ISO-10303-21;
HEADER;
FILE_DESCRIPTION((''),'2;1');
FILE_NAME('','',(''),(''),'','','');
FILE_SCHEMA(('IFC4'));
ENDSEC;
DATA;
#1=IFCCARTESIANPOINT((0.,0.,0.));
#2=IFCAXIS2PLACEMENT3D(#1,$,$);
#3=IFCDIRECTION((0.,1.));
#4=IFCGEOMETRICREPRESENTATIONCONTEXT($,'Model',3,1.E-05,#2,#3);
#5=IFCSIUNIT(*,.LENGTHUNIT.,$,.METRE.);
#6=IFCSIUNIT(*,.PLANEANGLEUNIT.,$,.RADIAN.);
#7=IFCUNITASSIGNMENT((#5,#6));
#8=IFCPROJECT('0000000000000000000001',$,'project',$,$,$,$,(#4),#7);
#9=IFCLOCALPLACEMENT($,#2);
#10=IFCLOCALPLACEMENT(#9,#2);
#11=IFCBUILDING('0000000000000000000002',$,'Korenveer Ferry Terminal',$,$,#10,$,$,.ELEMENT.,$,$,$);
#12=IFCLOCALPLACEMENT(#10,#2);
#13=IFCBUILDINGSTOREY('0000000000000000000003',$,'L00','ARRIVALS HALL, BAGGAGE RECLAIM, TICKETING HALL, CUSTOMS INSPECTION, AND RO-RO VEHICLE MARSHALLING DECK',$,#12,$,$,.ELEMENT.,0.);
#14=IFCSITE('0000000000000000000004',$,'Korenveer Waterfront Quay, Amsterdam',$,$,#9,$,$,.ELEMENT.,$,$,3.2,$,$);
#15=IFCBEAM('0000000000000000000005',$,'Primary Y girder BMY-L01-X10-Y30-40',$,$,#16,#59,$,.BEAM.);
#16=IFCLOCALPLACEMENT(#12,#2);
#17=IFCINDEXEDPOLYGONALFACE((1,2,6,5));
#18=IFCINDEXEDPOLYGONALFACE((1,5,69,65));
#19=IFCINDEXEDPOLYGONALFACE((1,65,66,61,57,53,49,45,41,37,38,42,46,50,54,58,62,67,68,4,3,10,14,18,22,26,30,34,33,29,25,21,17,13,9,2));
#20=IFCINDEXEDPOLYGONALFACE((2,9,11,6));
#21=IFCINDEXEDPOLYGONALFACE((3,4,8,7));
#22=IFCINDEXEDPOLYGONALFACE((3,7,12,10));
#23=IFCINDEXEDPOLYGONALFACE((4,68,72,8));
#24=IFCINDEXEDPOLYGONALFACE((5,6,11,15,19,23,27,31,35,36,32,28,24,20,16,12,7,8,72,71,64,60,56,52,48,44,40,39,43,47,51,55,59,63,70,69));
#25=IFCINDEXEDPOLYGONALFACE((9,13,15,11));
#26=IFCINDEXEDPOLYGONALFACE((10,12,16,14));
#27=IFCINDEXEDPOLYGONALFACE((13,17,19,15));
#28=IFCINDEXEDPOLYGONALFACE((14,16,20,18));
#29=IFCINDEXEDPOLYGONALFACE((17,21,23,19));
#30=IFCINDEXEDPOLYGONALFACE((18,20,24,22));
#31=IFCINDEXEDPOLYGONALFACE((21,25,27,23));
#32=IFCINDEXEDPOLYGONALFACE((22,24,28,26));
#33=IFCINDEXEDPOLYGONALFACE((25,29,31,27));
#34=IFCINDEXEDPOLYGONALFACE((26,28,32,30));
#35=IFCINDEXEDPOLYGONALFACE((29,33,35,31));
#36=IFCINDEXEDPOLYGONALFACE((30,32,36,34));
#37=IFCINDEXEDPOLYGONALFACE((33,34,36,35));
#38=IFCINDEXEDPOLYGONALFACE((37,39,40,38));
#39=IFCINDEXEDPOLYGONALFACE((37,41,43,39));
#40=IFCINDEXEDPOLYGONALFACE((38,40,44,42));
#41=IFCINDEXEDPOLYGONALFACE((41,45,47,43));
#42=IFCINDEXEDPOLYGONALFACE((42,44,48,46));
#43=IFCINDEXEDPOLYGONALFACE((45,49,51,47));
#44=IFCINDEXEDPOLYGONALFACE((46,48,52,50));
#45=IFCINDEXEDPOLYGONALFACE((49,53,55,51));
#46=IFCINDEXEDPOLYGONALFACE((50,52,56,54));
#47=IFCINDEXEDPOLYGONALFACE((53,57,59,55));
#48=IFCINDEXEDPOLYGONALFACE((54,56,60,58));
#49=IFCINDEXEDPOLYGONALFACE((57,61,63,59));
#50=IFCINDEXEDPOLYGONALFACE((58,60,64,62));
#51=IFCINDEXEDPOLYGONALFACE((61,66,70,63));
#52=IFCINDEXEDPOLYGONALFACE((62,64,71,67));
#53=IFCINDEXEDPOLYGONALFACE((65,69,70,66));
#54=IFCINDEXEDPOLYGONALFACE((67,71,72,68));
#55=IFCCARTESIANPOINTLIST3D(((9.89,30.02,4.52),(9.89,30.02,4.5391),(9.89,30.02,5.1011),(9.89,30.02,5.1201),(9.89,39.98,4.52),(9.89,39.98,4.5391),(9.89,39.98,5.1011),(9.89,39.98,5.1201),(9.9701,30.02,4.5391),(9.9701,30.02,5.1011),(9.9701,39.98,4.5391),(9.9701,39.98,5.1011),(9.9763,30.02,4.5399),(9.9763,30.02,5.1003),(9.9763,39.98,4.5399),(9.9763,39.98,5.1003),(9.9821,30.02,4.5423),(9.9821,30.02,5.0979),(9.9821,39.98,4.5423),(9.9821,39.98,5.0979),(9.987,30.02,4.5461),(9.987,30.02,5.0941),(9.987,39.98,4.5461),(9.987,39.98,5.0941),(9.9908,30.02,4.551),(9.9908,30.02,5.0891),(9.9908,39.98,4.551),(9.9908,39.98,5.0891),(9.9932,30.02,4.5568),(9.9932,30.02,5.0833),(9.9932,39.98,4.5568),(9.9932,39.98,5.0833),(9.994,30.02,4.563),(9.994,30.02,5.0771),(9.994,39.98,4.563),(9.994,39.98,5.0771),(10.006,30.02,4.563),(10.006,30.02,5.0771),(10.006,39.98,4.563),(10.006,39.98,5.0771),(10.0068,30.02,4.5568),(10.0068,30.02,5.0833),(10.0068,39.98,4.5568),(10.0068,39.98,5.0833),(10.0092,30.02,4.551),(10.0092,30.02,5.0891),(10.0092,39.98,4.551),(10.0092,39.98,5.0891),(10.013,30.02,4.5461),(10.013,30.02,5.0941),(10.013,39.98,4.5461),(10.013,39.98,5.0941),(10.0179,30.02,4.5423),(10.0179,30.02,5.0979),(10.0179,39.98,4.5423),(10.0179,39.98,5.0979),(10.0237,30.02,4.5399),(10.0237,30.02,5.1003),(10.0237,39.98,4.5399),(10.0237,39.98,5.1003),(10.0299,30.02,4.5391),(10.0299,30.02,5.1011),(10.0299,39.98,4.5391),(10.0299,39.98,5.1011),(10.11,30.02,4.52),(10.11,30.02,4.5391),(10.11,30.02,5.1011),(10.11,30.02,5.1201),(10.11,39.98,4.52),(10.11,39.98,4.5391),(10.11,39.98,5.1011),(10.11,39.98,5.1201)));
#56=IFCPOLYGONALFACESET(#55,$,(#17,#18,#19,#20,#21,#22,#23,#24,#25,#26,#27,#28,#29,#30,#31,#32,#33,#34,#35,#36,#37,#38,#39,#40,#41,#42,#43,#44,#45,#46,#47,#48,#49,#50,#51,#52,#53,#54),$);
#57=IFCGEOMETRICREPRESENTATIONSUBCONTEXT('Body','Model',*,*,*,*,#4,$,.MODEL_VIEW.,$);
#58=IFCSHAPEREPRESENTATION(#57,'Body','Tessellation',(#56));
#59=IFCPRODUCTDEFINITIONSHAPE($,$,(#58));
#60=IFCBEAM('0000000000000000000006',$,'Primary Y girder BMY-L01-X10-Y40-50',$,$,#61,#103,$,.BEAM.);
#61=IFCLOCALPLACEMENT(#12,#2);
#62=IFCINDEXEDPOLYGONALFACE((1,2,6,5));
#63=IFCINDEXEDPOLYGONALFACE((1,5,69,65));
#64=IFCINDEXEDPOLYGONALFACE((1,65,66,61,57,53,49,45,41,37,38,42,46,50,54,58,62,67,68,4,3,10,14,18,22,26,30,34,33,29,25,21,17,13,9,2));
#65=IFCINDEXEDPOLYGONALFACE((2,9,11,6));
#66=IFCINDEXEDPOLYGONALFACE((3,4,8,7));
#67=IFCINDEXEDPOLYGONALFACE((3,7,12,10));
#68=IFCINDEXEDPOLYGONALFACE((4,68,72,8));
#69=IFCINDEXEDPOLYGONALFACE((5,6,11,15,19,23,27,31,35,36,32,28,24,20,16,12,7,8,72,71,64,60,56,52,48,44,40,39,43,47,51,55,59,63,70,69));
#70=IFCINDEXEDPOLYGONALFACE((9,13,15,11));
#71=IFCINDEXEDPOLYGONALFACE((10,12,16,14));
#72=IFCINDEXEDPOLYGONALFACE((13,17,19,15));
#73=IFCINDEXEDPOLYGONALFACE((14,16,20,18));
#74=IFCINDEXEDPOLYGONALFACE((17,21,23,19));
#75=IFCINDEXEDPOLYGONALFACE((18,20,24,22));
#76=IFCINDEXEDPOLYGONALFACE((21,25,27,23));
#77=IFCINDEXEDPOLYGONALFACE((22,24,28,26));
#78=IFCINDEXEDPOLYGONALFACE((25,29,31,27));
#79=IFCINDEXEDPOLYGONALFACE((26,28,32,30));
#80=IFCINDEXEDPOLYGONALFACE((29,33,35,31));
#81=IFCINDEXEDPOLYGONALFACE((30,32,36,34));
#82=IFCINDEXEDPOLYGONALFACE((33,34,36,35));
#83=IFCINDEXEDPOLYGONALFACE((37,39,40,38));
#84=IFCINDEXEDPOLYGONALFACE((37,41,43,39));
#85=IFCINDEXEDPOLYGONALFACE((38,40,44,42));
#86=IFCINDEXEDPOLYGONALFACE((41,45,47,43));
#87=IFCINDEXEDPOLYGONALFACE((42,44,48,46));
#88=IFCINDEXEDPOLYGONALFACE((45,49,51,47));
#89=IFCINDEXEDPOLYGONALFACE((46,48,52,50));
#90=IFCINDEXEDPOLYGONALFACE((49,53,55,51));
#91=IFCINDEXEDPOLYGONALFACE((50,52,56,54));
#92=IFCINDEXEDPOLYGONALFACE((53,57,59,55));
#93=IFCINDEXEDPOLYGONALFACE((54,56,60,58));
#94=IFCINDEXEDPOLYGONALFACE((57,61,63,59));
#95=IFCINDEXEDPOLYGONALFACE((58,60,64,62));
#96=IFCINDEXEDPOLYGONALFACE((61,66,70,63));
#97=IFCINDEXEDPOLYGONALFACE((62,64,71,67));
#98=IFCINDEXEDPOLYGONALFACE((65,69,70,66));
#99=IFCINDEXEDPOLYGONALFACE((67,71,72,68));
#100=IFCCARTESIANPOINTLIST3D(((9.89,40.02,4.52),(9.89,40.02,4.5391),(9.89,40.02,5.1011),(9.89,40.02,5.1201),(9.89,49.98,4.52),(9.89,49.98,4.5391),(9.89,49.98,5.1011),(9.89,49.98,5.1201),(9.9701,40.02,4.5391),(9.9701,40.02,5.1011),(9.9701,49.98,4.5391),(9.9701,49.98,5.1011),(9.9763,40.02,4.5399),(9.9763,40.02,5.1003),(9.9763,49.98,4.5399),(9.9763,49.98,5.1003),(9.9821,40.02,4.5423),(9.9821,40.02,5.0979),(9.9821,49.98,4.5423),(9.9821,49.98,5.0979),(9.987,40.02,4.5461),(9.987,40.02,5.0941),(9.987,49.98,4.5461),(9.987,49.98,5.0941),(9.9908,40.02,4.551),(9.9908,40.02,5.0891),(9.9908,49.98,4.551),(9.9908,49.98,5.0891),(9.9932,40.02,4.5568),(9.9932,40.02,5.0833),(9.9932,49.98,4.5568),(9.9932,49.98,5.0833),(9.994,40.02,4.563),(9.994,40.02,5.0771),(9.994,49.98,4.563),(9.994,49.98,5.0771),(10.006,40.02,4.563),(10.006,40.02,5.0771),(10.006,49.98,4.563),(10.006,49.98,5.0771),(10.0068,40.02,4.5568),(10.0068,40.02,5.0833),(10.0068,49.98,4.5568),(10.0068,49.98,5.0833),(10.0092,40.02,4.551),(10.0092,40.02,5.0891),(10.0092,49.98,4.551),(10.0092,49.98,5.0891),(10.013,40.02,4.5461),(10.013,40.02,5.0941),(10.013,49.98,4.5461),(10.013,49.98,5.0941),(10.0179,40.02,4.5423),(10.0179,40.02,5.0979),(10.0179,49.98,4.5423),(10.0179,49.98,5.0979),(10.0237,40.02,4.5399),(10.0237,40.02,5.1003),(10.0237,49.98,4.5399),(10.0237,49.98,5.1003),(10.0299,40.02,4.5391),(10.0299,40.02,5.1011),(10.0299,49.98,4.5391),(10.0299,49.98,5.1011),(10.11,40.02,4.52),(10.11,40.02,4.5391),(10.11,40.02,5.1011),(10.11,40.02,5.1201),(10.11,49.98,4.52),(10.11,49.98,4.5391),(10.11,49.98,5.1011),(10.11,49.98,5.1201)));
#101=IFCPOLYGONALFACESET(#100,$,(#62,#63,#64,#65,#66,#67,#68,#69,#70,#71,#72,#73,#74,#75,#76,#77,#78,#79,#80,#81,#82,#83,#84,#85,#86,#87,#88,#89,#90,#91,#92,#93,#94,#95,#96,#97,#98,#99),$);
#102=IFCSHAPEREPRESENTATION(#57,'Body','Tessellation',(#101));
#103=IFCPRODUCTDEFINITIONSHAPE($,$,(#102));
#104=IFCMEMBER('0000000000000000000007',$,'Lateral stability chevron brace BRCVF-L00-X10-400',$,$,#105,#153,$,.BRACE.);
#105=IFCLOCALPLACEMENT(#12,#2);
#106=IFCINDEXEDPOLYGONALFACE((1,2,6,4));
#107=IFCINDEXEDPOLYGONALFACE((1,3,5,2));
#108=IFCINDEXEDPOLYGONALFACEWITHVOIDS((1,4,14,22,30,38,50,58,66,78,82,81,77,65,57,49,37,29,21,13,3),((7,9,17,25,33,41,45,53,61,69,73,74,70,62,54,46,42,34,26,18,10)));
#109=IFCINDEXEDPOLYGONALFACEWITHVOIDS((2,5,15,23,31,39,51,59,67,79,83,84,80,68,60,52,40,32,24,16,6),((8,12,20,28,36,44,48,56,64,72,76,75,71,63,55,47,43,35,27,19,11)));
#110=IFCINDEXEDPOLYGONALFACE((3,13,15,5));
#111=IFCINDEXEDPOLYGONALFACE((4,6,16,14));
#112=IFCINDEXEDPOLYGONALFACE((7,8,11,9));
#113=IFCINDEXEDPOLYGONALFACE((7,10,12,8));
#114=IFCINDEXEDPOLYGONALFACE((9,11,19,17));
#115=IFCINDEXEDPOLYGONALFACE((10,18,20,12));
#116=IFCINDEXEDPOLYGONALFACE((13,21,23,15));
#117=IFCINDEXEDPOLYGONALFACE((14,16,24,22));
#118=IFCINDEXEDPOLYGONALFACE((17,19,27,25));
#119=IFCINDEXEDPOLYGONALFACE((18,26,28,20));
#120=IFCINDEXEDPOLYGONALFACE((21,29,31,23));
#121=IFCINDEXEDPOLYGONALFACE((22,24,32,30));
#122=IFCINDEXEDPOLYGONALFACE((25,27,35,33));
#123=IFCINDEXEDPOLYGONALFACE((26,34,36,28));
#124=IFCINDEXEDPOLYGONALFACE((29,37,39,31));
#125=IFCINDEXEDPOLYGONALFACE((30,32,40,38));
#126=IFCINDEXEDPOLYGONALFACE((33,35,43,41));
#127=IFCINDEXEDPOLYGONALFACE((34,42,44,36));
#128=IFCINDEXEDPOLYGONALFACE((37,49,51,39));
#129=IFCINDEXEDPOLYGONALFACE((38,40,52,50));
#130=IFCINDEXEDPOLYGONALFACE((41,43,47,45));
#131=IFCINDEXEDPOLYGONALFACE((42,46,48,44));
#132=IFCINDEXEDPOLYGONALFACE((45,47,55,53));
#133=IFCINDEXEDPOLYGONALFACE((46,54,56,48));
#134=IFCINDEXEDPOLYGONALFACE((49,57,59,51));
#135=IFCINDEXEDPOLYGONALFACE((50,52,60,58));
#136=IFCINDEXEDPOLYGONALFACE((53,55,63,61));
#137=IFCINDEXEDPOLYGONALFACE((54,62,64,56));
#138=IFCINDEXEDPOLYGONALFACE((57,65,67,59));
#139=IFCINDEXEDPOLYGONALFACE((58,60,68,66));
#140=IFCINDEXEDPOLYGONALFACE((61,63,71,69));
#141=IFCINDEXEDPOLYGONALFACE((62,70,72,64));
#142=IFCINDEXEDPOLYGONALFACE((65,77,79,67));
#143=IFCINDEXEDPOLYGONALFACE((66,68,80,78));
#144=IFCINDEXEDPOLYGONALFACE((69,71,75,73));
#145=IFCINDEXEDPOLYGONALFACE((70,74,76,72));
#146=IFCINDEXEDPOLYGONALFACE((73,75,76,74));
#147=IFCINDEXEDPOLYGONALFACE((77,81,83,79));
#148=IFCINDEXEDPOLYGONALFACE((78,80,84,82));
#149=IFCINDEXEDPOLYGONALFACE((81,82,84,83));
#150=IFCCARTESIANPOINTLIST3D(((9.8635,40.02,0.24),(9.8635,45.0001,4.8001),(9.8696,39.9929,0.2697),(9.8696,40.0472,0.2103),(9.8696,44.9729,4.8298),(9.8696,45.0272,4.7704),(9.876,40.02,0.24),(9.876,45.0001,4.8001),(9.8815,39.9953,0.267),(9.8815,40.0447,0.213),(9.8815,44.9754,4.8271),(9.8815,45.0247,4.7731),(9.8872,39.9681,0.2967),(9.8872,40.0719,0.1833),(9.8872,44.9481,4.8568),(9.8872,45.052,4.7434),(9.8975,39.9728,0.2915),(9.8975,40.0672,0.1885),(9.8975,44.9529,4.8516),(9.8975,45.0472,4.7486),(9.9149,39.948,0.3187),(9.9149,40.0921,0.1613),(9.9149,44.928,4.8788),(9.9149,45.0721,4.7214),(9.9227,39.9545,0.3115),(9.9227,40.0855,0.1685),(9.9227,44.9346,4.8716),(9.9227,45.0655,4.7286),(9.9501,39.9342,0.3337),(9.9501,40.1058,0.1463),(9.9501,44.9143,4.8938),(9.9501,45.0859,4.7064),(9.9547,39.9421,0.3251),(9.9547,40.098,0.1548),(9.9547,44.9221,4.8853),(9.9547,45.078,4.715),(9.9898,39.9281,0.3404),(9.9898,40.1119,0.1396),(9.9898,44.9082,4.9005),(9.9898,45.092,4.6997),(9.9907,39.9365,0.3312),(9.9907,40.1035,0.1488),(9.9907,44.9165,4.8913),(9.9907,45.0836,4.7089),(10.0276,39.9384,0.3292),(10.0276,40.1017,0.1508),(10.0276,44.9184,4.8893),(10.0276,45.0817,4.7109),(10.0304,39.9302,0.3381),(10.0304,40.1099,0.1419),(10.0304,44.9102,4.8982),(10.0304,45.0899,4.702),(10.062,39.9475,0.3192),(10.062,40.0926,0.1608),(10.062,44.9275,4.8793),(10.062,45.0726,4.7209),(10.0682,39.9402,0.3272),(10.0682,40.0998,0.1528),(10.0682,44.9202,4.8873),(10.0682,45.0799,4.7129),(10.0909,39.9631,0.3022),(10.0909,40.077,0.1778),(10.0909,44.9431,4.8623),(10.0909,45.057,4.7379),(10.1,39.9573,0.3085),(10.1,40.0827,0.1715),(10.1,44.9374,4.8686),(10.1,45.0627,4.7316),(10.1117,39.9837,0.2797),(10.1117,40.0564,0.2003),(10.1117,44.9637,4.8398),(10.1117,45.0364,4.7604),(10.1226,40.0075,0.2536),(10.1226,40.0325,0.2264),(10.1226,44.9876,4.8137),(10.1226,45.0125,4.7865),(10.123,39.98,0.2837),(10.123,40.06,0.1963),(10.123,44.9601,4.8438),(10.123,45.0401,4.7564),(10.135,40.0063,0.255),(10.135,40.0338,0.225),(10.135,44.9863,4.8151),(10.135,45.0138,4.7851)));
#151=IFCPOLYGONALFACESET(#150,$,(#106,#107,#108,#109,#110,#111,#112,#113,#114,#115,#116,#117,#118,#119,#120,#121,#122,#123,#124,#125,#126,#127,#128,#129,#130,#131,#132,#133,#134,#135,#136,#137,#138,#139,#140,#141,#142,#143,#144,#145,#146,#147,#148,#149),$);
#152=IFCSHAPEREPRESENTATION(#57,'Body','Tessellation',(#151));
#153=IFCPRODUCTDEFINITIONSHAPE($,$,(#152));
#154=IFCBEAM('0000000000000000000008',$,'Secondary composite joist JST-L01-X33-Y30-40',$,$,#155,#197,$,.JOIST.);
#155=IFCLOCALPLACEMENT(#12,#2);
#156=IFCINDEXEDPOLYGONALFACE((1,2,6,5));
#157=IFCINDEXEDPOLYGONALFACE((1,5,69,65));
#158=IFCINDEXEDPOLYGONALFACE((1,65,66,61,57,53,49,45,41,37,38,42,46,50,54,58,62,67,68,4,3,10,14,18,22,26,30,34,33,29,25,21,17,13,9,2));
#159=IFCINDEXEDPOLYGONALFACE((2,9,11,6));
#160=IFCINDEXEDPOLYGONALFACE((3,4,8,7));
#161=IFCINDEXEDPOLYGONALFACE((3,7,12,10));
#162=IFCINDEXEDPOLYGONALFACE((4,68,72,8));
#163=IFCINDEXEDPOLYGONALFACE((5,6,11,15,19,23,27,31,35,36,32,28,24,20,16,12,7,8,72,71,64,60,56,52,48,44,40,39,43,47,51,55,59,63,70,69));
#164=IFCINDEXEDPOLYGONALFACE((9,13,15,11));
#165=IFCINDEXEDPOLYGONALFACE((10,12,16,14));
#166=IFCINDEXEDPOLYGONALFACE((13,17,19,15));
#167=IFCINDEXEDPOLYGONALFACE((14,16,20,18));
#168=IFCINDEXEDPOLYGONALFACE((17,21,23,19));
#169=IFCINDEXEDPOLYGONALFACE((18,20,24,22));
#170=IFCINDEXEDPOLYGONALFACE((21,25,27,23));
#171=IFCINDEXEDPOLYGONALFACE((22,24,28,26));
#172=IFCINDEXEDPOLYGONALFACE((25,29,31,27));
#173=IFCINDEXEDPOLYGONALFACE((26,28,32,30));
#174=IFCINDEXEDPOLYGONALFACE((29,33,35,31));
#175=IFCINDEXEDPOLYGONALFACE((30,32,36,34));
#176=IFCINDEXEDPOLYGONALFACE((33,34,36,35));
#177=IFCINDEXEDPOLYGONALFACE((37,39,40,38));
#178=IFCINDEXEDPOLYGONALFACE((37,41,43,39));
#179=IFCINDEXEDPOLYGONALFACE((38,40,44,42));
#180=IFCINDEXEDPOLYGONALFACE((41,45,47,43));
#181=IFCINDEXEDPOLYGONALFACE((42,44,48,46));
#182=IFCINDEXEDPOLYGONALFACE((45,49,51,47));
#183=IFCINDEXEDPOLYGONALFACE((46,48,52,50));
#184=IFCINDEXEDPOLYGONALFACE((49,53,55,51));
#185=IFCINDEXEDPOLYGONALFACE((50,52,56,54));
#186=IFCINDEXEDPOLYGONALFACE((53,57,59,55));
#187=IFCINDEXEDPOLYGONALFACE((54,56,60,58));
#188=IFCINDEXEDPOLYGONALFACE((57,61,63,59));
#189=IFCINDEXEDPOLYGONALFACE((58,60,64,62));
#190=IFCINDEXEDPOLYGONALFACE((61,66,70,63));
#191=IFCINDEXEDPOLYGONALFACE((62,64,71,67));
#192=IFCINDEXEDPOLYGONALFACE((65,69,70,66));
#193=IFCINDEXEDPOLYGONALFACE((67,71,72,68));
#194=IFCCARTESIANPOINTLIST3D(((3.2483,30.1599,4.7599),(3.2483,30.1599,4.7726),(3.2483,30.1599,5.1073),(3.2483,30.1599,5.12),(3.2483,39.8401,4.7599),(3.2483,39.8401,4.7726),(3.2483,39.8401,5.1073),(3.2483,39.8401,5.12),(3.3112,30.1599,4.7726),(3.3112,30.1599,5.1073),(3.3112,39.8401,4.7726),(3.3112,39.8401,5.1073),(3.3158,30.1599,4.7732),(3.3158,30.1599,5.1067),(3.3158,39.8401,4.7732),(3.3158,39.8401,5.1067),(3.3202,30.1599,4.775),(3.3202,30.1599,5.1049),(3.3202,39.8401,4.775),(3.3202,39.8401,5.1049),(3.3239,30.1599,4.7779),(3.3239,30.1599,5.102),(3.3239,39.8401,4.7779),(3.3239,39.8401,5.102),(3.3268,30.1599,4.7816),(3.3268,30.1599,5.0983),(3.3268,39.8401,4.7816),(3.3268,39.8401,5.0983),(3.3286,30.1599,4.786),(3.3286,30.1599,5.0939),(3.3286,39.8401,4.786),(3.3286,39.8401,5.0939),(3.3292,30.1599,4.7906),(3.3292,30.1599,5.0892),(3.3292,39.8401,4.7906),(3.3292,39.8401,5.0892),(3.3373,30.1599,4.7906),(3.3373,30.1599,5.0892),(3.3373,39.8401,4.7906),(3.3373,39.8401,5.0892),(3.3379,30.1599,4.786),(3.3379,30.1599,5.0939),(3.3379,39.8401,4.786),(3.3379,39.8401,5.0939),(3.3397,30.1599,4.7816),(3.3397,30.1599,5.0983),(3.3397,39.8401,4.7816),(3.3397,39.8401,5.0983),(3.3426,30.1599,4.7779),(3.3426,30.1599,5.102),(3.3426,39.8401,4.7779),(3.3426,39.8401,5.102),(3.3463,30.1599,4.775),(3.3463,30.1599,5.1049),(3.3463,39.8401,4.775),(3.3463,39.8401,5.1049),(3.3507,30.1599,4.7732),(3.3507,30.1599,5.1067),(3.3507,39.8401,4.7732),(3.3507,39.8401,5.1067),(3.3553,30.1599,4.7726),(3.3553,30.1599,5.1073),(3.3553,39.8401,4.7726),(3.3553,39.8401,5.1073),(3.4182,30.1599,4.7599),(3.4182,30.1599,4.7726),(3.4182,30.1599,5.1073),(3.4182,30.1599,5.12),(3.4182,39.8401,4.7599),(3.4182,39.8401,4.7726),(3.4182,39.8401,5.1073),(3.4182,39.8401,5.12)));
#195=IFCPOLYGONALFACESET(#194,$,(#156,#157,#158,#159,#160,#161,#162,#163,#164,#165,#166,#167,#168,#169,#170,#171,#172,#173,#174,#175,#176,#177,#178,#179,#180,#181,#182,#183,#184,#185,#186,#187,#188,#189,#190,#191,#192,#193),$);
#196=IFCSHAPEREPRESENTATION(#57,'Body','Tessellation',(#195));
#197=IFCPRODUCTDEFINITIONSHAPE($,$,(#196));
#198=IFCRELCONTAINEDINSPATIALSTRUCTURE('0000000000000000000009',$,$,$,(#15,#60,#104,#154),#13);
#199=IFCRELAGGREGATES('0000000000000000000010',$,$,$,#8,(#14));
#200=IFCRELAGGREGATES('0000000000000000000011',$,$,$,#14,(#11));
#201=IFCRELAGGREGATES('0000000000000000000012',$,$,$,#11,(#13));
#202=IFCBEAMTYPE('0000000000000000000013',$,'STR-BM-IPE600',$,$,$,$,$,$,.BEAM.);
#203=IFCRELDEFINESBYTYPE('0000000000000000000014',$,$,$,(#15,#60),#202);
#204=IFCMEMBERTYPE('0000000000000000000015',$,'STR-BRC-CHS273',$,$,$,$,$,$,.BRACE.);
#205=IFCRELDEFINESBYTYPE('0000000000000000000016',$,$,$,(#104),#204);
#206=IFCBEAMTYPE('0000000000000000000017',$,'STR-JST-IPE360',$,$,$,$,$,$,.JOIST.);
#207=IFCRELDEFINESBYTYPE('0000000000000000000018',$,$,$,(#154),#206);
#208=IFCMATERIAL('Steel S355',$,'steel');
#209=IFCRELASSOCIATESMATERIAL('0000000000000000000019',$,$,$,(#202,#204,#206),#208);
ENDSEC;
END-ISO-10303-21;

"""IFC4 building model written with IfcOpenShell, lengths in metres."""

from ifc_helpers import new_model, si_unit, direction, frame, origin, origin_2d, place, context, subcontext, project, spatial, hollow_circle, i_section, extrude, material, material_profile, profile_set, type_object, element, save


model = new_model("IFC4")

# Units and contexts
model_context = context("Model", 3, precision=1e-05, world=origin(), true_north=direction((0.0, 1.0)))
body_context = subcontext(model_context, "Body", "Model", "MODEL_VIEW")
ifc_project = project(units=[si_unit("LENGTHUNIT", "METRE"), si_unit("PLANEANGLEUNIT", "RADIAN")], contexts=[model_context])

# Site, building, storey
site_placement = place(None, origin())
site = spatial("IfcSite", under=ifc_project, at=site_placement, Name="Korenveer Waterfront Quay, Amsterdam", CompositionType="ELEMENT", RefElevation=3.2)
building_placement = place(site_placement, origin())
building = spatial("IfcBuilding", under=site, at=building_placement, Name="Korenveer Ferry Terminal", CompositionType="ELEMENT")
storey_placement = place(building_placement, origin())
storey = spatial("IfcBuildingStorey", under=building, at=storey_placement, Name="L00", Description="ARRIVALS HALL, BAGGAGE RECLAIM, TICKETING HALL, CUSTOMS INSPECTION, AND RO-RO VEHICLE MARSHALLING DECK", CompositionType="ELEMENT", Elevation=0.0)

# Beams
ifc_material_1 = material(Name="Steel S355", Category="steel")
ifc_material_profile_1 = material_profile(ifc_material_1, i_section(OverallWidth=0.22, OverallDepth=0.6001, WebThickness=0.012, FlangeThickness=0.019, FilletRadius=0.0239, at=origin_2d()), Name="IPE 600")
ifc_profile_set_1 = profile_set([ifc_material_profile_1], Name="Steel S355")
beam_type_1 = type_object("IfcBeamType", Name="STR-BM-IPE600", PredefinedType="BEAM", material=ifc_profile_set_1)
for number, where, z_axis, x_axis, name in (
    (1, (10.0, 30.02, 4.8201), (0.0, 1.0, 0.0), (-1.0, 0.0, 0.0), "Primary Y girder BMY-L01-X10-Y30-40"),
    (2, (10.0, 40.02, 4.8201), (0.0, 1.0, 0.0), (-1.0, 0.0, 0.0), "Primary Y girder BMY-L01-X10-Y40-50"),
):
    element("IfcBeam", number, at=place(storey_placement, frame(where, z_axis=z_axis, x_axis=x_axis)), inside=storey, type_object=beam_type_1, Name=name, PredefinedType="BEAM", context=body_context, shape_type="SweptSolid", body=[
        extrude(i_section(OverallWidth=0.22, OverallDepth=0.6001, WebThickness=0.012, FlangeThickness=0.019, FilletRadius=0.0239, at=origin_2d()), origin(), (0.0, 0.0, 1.0), 9.96),
    ])

# Member
ifc_material_profile_2 = material_profile(ifc_material_1, hollow_circle(Radius=0.1365, WallThickness=0.0125, at=origin_2d()), Name="CHS 273x12.5")
ifc_profile_set_2 = profile_set([ifc_material_profile_2], Name="Steel S355")
member_type = type_object("IfcMemberType", Name="STR-BRC-CHS273", PredefinedType="BRACE", material=ifc_profile_set_2)
member_placement = place(storey_placement, frame((10.0, 40.02, 0.24), z_axis=(0.0, 0.737517, 0.675328), x_axis=(-1.0, 0.0, 0.0)))
element("IfcMember", 3, at=member_placement, inside=storey, type_object=member_type, Name="Lateral stability chevron brace BRCVF-L00-X10-400", PredefinedType="BRACE", context=body_context, shape_type="SweptSolid", body=[
    extrude(hollow_circle(Radius=0.1365, WallThickness=0.0125, at=origin_2d()), origin(), (0.0, 0.0, 1.0), 6.7524),
])

# Beam
ifc_material_profile_3 = material_profile(ifc_material_1, i_section(OverallWidth=0.1699, OverallDepth=0.3601, WebThickness=0.0081, FlangeThickness=0.0127, FilletRadius=0.0181, at=origin_2d()), Name="IPE 360")
ifc_profile_set_3 = profile_set([ifc_material_profile_3], Name="Steel S355")
beam_type_2 = type_object("IfcBeamType", Name="STR-JST-IPE360", PredefinedType="JOIST", material=ifc_profile_set_3)
for number, where, z_axis, x_axis, name in (
    (4, (3.3333, 30.1599, 4.9399), (0.0, 1.0, 0.0), (-1.0, 0.0, 0.0), "Secondary composite joist JST-L01-X33-Y30-40"),
):
    element("IfcBeam", number, at=place(storey_placement, frame(where, z_axis=z_axis, x_axis=x_axis)), inside=storey, type_object=beam_type_2, Name=name, PredefinedType="JOIST", context=body_context, shape_type="SweptSolid", body=[
        extrude(i_section(OverallWidth=0.1699, OverallDepth=0.3601, WebThickness=0.0081, FlangeThickness=0.0127, FilletRadius=0.0181, at=origin_2d()), origin(), (0.0, 0.0, 1.0), 9.6802),
    ])

save(model, "model.ifc")
